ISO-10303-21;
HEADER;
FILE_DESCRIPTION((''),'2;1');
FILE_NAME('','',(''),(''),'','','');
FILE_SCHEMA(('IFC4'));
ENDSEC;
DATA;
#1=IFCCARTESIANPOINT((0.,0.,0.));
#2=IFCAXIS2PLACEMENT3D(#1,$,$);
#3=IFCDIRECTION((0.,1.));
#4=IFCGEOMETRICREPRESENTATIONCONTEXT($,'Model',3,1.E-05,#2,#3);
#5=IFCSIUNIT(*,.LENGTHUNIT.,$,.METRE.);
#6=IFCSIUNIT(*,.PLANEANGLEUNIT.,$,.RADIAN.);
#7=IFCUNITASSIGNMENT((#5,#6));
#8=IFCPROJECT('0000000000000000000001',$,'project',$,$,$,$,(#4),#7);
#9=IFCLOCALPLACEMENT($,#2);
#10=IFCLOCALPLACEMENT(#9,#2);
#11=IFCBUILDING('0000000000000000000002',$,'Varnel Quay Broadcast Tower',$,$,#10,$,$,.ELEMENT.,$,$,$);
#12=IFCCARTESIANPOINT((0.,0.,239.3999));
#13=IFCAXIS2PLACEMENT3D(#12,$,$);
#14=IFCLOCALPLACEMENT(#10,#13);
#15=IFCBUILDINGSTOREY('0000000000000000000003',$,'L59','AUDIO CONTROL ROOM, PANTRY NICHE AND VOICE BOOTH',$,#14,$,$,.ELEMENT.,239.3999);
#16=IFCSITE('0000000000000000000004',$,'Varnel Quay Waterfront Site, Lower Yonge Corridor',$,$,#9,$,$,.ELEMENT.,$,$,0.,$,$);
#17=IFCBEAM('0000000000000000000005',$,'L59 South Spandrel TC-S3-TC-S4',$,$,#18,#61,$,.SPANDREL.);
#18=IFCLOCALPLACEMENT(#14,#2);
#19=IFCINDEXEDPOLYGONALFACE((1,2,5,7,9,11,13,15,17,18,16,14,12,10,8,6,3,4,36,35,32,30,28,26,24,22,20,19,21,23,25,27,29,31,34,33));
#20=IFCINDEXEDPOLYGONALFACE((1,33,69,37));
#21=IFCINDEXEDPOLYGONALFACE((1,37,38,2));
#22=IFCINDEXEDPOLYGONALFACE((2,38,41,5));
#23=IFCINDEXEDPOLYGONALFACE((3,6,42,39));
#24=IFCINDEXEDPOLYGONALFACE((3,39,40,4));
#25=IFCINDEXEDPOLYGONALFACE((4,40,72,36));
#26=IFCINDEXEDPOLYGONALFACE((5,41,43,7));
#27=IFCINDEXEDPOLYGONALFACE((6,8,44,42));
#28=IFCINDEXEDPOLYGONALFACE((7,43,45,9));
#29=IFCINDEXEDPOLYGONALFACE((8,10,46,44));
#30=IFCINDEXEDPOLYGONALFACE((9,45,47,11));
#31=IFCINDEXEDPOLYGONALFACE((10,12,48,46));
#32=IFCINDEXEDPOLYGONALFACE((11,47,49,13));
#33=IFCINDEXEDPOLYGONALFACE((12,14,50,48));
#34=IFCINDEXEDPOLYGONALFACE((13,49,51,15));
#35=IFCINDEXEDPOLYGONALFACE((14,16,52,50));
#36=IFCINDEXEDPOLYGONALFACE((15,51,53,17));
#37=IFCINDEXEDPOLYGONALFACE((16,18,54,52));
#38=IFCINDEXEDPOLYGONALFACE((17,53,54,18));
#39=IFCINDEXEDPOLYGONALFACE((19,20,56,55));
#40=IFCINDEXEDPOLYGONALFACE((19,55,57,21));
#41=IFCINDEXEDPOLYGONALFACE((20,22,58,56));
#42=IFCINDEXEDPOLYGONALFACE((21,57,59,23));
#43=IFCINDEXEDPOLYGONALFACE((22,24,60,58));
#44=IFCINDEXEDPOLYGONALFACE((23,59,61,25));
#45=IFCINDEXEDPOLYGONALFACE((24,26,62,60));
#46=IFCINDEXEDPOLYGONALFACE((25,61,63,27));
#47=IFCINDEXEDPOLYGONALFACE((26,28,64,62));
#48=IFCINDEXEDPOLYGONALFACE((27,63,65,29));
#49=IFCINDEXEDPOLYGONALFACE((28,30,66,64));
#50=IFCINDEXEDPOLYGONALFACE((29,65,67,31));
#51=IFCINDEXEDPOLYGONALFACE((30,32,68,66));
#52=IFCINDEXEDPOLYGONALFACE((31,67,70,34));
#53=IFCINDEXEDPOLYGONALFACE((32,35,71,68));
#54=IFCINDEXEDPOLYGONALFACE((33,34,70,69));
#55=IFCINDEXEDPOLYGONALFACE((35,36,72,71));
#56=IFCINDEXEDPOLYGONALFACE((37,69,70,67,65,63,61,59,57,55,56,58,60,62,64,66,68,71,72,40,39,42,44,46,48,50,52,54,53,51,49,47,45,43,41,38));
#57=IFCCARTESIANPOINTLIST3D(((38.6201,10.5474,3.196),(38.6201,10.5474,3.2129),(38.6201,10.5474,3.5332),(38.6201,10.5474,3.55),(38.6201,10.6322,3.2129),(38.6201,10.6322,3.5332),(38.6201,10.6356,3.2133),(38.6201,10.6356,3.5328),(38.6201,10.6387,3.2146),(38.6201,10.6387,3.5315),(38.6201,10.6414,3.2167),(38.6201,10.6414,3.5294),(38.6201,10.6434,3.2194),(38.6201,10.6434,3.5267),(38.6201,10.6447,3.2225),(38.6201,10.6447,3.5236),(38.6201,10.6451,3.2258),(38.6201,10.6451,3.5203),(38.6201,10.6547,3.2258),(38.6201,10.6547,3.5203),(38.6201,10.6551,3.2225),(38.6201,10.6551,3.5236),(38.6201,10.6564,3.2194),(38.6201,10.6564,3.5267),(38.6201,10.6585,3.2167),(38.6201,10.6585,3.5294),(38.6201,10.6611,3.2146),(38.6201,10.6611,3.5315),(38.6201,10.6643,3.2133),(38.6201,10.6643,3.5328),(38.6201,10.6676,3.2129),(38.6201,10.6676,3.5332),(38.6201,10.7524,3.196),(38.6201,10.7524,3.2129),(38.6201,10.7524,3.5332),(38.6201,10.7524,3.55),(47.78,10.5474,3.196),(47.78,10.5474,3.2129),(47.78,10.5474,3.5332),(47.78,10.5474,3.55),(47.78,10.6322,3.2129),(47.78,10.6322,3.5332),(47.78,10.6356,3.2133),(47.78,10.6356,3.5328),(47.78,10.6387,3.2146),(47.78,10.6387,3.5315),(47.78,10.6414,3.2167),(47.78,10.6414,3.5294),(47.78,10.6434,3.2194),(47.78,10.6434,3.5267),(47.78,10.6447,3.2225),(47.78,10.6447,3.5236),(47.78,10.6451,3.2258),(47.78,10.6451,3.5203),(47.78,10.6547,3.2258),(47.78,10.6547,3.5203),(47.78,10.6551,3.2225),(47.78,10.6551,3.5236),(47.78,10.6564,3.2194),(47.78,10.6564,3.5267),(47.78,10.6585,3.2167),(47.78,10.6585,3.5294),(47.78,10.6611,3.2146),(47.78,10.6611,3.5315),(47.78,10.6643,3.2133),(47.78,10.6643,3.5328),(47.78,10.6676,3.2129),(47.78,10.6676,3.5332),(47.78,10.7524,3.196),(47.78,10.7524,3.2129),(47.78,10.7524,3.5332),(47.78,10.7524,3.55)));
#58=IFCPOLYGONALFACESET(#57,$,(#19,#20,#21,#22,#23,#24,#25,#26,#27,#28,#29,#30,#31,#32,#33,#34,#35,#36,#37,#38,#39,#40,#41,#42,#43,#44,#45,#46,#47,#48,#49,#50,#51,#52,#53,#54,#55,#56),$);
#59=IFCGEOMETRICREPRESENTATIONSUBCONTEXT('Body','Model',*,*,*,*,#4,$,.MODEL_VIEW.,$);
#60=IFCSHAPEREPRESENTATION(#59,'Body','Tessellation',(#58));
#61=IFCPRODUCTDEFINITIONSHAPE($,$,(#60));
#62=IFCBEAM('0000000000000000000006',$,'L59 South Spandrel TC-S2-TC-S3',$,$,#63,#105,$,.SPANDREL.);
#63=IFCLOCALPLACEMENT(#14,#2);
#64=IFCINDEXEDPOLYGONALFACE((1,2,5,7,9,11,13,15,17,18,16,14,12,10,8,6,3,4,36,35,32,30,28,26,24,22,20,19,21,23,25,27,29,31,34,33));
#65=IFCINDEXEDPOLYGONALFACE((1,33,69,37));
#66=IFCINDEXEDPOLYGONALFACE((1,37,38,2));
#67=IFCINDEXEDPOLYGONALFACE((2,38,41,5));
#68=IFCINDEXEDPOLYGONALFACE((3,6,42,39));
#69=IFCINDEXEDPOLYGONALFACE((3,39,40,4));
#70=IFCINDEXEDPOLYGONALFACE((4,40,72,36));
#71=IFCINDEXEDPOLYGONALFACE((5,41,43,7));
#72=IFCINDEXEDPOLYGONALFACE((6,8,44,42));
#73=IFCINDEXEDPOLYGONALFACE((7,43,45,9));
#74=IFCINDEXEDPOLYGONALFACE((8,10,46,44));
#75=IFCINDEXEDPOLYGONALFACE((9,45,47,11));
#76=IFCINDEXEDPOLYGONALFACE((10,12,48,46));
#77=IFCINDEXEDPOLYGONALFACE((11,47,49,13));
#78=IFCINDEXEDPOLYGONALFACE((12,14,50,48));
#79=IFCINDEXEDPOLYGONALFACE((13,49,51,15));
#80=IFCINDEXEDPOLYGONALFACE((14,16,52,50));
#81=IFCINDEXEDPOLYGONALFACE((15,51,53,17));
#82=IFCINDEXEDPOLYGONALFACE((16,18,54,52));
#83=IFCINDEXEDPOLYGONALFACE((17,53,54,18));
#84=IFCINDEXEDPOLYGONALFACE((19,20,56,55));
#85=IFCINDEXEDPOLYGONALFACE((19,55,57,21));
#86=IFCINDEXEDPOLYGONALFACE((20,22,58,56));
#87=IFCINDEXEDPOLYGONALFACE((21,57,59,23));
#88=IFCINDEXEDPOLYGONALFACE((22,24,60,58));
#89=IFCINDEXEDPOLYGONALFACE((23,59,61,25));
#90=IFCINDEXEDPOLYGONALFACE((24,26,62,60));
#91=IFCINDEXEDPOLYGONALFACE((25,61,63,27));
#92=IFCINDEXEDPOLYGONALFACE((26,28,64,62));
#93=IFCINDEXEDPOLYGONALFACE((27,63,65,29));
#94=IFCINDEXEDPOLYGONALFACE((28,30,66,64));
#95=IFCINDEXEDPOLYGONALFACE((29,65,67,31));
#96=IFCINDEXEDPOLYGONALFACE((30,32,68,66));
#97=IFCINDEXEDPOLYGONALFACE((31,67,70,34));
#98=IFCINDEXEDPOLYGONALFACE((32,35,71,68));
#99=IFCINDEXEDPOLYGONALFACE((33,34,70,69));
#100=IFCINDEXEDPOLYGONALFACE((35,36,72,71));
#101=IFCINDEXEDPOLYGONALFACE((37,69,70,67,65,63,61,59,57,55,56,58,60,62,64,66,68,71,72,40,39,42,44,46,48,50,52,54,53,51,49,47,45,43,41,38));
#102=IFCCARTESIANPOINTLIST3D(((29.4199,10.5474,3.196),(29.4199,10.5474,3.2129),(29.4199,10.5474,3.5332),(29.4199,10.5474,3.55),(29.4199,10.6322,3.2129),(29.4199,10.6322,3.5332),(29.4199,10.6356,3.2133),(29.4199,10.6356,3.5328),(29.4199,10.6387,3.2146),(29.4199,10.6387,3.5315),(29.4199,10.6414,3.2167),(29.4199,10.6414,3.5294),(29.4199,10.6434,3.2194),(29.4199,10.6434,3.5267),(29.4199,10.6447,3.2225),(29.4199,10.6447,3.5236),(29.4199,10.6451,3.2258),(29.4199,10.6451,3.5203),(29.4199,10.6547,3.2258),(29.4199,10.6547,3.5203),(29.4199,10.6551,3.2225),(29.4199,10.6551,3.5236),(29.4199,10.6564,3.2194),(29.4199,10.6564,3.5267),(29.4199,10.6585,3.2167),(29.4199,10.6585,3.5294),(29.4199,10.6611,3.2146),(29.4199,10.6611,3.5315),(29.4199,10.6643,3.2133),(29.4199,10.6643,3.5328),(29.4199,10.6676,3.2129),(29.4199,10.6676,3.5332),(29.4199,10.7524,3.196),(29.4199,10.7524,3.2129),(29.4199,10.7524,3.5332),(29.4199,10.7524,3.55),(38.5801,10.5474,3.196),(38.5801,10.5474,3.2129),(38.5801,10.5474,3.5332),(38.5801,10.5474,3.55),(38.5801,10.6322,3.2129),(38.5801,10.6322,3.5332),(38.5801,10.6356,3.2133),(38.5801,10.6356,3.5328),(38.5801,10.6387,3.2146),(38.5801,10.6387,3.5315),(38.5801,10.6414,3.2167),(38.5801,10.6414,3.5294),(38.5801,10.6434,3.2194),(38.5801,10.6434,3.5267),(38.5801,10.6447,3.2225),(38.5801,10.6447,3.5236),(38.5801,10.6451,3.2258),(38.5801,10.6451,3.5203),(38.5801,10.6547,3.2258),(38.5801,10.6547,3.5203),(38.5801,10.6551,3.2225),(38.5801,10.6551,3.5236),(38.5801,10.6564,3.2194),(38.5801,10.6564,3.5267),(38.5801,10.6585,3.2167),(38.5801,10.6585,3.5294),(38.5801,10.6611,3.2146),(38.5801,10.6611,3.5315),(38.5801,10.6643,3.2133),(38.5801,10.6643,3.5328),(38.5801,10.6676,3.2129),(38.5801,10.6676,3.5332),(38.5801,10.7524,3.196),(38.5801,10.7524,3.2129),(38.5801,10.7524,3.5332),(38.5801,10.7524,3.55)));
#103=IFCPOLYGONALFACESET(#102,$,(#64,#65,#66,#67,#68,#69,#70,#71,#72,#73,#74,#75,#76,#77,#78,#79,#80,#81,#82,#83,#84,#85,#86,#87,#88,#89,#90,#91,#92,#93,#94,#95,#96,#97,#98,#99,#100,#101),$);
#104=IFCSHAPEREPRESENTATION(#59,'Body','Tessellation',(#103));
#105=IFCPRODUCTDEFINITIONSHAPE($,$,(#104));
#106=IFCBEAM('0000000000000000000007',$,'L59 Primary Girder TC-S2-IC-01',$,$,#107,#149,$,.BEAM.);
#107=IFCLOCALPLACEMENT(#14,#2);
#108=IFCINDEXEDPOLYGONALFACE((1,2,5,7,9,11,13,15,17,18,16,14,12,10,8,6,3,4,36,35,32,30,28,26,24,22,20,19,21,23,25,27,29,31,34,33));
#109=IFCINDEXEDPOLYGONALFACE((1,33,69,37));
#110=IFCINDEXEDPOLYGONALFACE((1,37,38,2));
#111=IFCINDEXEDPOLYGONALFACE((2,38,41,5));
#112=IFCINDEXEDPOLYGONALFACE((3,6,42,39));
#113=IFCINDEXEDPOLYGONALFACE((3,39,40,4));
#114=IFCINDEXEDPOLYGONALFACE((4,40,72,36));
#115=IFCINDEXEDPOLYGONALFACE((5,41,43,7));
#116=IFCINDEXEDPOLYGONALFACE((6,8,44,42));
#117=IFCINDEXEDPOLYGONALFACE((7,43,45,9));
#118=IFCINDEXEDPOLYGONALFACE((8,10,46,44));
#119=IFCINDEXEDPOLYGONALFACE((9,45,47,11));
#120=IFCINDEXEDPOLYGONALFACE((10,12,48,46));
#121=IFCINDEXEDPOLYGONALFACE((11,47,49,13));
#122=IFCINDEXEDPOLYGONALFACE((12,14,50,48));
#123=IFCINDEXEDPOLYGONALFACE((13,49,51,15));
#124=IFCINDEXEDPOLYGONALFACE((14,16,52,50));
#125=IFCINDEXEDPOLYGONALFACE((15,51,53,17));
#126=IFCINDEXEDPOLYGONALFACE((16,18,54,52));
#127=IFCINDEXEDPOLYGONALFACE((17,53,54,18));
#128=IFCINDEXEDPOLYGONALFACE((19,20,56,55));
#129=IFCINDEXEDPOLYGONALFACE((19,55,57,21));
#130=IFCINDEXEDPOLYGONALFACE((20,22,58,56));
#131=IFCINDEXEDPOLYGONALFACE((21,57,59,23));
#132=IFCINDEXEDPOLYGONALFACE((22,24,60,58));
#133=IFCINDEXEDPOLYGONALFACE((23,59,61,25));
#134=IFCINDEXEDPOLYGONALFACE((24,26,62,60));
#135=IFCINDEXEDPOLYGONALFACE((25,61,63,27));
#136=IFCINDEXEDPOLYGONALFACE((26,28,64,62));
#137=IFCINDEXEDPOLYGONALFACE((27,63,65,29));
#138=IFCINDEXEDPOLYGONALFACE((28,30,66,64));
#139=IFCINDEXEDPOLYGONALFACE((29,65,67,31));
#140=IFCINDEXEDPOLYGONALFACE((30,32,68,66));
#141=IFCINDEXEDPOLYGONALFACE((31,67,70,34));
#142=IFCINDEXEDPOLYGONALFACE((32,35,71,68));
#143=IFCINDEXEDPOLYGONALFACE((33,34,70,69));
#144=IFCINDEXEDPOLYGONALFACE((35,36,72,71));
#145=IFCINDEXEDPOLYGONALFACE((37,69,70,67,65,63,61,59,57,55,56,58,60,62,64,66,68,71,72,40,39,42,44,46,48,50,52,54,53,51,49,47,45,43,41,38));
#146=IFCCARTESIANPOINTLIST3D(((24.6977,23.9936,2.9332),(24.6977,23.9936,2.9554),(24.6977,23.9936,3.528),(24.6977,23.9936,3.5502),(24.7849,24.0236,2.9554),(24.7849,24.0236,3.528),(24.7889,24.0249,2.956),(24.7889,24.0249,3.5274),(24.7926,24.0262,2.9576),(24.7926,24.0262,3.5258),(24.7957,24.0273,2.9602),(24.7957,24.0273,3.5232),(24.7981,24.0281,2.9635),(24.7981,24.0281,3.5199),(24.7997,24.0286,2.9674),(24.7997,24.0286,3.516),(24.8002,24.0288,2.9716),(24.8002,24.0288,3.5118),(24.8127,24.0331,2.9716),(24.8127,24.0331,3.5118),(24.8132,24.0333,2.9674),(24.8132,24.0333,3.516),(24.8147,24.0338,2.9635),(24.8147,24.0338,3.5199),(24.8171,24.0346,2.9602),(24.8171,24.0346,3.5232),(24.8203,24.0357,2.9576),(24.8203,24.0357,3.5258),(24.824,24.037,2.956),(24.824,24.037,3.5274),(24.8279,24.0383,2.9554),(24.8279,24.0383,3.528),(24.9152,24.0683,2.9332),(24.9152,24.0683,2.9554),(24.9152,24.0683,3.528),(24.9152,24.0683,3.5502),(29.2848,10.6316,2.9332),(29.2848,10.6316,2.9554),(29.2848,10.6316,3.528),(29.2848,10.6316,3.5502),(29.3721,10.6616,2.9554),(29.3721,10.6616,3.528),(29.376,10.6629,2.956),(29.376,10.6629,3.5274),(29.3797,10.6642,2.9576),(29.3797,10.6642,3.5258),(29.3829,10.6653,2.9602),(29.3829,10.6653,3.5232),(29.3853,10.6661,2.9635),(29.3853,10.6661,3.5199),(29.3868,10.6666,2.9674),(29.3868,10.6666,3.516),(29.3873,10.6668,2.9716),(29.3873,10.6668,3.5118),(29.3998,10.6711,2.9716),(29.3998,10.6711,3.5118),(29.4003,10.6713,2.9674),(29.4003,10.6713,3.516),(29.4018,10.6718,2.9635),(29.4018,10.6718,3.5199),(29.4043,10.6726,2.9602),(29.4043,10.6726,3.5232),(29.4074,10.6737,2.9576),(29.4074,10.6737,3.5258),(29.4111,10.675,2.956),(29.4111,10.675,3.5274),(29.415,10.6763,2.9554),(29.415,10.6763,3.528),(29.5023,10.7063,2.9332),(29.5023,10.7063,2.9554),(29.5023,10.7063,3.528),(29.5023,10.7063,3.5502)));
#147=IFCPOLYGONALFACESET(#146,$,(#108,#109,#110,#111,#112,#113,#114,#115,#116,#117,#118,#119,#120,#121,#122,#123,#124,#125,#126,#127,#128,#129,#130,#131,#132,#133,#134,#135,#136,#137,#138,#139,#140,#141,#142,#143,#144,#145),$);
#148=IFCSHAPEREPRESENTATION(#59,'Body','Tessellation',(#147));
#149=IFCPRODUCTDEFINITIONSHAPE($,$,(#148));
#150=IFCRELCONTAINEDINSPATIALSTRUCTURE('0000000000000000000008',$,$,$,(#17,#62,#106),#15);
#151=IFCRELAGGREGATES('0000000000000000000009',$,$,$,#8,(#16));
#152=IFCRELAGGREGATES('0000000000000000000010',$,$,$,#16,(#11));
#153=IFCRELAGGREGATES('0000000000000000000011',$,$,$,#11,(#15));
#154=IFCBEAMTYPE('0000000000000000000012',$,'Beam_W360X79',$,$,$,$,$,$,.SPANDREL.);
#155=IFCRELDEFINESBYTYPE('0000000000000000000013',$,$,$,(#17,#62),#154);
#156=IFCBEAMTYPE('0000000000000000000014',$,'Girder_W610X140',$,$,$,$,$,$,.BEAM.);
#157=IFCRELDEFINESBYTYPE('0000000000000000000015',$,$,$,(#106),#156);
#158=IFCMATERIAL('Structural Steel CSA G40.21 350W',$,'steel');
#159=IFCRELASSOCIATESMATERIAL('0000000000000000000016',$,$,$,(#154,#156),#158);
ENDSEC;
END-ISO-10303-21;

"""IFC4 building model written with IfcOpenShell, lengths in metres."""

from ifc_helpers import new_model, si_unit, direction, frame, origin, origin_2d, place, context, subcontext, project, spatial, i_section, extrude, source, transform, mapped, material, material_profile, profile_set, type_object, type_shapes, element, save


model = new_model("IFC4")

# Units and contexts
model_context = context("Model", 3, precision=1e-05, world=origin(), true_north=direction((0.0, 1.0)))
body_context = subcontext(model_context, "Body", "Model", "MODEL_VIEW")
ifc_project = project(units=[si_unit("LENGTHUNIT", "METRE"), si_unit("PLANEANGLEUNIT", "RADIAN")], contexts=[model_context])

# Site, building, storey
site_placement = place(None, origin())
site = spatial("IfcSite", under=ifc_project, at=site_placement, Name="Varnel Quay Waterfront Site, Lower Yonge Corridor", CompositionType="ELEMENT", RefElevation=0.0)
building_placement = place(site_placement, origin())
building = spatial("IfcBuilding", under=site, at=building_placement, Name="Varnel Quay Broadcast Tower", CompositionType="ELEMENT")
storey_placement = place(building_placement, frame((0.0, 0.0, 239.3999)))
storey = spatial("IfcBuildingStorey", under=building, at=storey_placement, Name="L59", Description="AUDIO CONTROL ROOM, PANTRY NICHE AND VOICE BOOTH", CompositionType="ELEMENT", Elevation=239.3999)

# Shared definitions
ifc_material_1 = material(Name="Structural Steel CSA G40.21 350W", Category="steel")

# Beams
ifc_material_profile_1 = material_profile(ifc_material_1, i_section(OverallWidth=0.2051, OverallDepth=0.354, WebThickness=0.0095, FlangeThickness=0.0168, FilletRadius=0.0129, at=origin_2d()), Name="W360X79")
ifc_profile_set_1 = profile_set([ifc_material_profile_1], Name="Structural Steel CSA G40.21 350W")
beam_type_1 = type_object("IfcBeamType", Name="Beam_W360X79", PredefinedType="SPANDREL", material=ifc_profile_set_1)
shared_shape_1 = source(origin(), body_context, "Body", "SweptSolid", [
    extrude(i_section(OverallWidth=0.2051, OverallDepth=0.354, WebThickness=0.0095, FlangeThickness=0.0168, FilletRadius=0.0129, at=origin_2d()), origin(), (0.0, 0.0, 1.0), 9.1599),
])
beam_1_placement = place(storey_placement, frame((38.6201, 10.6499, 3.373), z_axis=(1.0, 0.0, 0.0), x_axis=(0.0, 1.0, 0.0)))
element("IfcBeam", 1, at=beam_1_placement, inside=storey, type_object=beam_type_1, Name="L59 South Spandrel TC-S3-TC-S4", PredefinedType="SPANDREL", context=body_context, shape_type="MappedRepresentation", body=[
    mapped(shared_shape_1, transform((0.0, 0.0, 0.0), x_axis=(1.0, 0.0, 0.0), y_axis=(0.0, 1.0, 0.0), z_axis=(0.0, 0.0, 1.0), scale=1.0)),
])
shared_shape_2 = source(origin(), body_context, "Body", "SweptSolid", [
    extrude(i_section(OverallWidth=0.2051, OverallDepth=0.354, WebThickness=0.0095, FlangeThickness=0.0168, FilletRadius=0.0129, at=origin_2d()), origin(), (0.0, 0.0, 1.0), 9.1602),
])
type_shapes(beam_type_1, [shared_shape_1, shared_shape_2])
beam_2_placement = place(storey_placement, frame((29.4199, 10.6499, 3.373), z_axis=(1.0, 0.0, 0.0), x_axis=(0.0, 1.0, 0.0)))
element("IfcBeam", 2, at=beam_2_placement, inside=storey, type_object=beam_type_1, Name="L59 South Spandrel TC-S2-TC-S3", PredefinedType="SPANDREL", context=body_context, shape_type="MappedRepresentation", body=[
    mapped(shared_shape_2, transform((0.0, 0.0, 0.0), x_axis=(1.0, 0.0, 0.0), y_axis=(0.0, 1.0, 0.0), z_axis=(0.0, 0.0, 1.0), scale=1.0)),
])
ifc_material_profile_2 = material_profile(ifc_material_1, i_section(OverallWidth=0.23, OverallDepth=0.6169, WebThickness=0.0132, FlangeThickness=0.0222, FilletRadius=0.0161, at=origin_2d()), Name="W610X140")
ifc_profile_set_2 = profile_set([ifc_material_profile_2], Name="Structural Steel CSA G40.21 350W")
beam_type_2 = type_object("IfcBeamType", Name="Girder_W610X140", PredefinedType="BEAM", material=ifc_profile_set_2)
shared_shape_3 = source(origin(), body_context, "Body", "SweptSolid", [
    extrude(i_section(OverallWidth=0.23, OverallDepth=0.6169, WebThickness=0.0132, FlangeThickness=0.0222, FilletRadius=0.0161, at=origin_2d()), origin(), (0.0, 0.0, 1.0), 14.1274),
])
beam_3_placement = place(storey_placement, frame((29.3936, 10.6689, 3.2417), z_axis=(-0.324697, 0.945818, 0.0), x_axis=(-0.945818, -0.324697, 0.0)))
element("IfcBeam", 3, at=beam_3_placement, inside=storey, type_object=beam_type_2, Name="L59 Primary Girder TC-S2-IC-01", PredefinedType="BEAM", context=body_context, shape_type="MappedRepresentation", body=[
    mapped(shared_shape_3, transform((0.0, 0.0, 0.0), x_axis=(1.0, 0.0, 0.0), y_axis=(0.0, 1.0, 0.0), z_axis=(0.0, 0.0, 1.0), scale=1.0)),
])

save(model, "model.ifc")
